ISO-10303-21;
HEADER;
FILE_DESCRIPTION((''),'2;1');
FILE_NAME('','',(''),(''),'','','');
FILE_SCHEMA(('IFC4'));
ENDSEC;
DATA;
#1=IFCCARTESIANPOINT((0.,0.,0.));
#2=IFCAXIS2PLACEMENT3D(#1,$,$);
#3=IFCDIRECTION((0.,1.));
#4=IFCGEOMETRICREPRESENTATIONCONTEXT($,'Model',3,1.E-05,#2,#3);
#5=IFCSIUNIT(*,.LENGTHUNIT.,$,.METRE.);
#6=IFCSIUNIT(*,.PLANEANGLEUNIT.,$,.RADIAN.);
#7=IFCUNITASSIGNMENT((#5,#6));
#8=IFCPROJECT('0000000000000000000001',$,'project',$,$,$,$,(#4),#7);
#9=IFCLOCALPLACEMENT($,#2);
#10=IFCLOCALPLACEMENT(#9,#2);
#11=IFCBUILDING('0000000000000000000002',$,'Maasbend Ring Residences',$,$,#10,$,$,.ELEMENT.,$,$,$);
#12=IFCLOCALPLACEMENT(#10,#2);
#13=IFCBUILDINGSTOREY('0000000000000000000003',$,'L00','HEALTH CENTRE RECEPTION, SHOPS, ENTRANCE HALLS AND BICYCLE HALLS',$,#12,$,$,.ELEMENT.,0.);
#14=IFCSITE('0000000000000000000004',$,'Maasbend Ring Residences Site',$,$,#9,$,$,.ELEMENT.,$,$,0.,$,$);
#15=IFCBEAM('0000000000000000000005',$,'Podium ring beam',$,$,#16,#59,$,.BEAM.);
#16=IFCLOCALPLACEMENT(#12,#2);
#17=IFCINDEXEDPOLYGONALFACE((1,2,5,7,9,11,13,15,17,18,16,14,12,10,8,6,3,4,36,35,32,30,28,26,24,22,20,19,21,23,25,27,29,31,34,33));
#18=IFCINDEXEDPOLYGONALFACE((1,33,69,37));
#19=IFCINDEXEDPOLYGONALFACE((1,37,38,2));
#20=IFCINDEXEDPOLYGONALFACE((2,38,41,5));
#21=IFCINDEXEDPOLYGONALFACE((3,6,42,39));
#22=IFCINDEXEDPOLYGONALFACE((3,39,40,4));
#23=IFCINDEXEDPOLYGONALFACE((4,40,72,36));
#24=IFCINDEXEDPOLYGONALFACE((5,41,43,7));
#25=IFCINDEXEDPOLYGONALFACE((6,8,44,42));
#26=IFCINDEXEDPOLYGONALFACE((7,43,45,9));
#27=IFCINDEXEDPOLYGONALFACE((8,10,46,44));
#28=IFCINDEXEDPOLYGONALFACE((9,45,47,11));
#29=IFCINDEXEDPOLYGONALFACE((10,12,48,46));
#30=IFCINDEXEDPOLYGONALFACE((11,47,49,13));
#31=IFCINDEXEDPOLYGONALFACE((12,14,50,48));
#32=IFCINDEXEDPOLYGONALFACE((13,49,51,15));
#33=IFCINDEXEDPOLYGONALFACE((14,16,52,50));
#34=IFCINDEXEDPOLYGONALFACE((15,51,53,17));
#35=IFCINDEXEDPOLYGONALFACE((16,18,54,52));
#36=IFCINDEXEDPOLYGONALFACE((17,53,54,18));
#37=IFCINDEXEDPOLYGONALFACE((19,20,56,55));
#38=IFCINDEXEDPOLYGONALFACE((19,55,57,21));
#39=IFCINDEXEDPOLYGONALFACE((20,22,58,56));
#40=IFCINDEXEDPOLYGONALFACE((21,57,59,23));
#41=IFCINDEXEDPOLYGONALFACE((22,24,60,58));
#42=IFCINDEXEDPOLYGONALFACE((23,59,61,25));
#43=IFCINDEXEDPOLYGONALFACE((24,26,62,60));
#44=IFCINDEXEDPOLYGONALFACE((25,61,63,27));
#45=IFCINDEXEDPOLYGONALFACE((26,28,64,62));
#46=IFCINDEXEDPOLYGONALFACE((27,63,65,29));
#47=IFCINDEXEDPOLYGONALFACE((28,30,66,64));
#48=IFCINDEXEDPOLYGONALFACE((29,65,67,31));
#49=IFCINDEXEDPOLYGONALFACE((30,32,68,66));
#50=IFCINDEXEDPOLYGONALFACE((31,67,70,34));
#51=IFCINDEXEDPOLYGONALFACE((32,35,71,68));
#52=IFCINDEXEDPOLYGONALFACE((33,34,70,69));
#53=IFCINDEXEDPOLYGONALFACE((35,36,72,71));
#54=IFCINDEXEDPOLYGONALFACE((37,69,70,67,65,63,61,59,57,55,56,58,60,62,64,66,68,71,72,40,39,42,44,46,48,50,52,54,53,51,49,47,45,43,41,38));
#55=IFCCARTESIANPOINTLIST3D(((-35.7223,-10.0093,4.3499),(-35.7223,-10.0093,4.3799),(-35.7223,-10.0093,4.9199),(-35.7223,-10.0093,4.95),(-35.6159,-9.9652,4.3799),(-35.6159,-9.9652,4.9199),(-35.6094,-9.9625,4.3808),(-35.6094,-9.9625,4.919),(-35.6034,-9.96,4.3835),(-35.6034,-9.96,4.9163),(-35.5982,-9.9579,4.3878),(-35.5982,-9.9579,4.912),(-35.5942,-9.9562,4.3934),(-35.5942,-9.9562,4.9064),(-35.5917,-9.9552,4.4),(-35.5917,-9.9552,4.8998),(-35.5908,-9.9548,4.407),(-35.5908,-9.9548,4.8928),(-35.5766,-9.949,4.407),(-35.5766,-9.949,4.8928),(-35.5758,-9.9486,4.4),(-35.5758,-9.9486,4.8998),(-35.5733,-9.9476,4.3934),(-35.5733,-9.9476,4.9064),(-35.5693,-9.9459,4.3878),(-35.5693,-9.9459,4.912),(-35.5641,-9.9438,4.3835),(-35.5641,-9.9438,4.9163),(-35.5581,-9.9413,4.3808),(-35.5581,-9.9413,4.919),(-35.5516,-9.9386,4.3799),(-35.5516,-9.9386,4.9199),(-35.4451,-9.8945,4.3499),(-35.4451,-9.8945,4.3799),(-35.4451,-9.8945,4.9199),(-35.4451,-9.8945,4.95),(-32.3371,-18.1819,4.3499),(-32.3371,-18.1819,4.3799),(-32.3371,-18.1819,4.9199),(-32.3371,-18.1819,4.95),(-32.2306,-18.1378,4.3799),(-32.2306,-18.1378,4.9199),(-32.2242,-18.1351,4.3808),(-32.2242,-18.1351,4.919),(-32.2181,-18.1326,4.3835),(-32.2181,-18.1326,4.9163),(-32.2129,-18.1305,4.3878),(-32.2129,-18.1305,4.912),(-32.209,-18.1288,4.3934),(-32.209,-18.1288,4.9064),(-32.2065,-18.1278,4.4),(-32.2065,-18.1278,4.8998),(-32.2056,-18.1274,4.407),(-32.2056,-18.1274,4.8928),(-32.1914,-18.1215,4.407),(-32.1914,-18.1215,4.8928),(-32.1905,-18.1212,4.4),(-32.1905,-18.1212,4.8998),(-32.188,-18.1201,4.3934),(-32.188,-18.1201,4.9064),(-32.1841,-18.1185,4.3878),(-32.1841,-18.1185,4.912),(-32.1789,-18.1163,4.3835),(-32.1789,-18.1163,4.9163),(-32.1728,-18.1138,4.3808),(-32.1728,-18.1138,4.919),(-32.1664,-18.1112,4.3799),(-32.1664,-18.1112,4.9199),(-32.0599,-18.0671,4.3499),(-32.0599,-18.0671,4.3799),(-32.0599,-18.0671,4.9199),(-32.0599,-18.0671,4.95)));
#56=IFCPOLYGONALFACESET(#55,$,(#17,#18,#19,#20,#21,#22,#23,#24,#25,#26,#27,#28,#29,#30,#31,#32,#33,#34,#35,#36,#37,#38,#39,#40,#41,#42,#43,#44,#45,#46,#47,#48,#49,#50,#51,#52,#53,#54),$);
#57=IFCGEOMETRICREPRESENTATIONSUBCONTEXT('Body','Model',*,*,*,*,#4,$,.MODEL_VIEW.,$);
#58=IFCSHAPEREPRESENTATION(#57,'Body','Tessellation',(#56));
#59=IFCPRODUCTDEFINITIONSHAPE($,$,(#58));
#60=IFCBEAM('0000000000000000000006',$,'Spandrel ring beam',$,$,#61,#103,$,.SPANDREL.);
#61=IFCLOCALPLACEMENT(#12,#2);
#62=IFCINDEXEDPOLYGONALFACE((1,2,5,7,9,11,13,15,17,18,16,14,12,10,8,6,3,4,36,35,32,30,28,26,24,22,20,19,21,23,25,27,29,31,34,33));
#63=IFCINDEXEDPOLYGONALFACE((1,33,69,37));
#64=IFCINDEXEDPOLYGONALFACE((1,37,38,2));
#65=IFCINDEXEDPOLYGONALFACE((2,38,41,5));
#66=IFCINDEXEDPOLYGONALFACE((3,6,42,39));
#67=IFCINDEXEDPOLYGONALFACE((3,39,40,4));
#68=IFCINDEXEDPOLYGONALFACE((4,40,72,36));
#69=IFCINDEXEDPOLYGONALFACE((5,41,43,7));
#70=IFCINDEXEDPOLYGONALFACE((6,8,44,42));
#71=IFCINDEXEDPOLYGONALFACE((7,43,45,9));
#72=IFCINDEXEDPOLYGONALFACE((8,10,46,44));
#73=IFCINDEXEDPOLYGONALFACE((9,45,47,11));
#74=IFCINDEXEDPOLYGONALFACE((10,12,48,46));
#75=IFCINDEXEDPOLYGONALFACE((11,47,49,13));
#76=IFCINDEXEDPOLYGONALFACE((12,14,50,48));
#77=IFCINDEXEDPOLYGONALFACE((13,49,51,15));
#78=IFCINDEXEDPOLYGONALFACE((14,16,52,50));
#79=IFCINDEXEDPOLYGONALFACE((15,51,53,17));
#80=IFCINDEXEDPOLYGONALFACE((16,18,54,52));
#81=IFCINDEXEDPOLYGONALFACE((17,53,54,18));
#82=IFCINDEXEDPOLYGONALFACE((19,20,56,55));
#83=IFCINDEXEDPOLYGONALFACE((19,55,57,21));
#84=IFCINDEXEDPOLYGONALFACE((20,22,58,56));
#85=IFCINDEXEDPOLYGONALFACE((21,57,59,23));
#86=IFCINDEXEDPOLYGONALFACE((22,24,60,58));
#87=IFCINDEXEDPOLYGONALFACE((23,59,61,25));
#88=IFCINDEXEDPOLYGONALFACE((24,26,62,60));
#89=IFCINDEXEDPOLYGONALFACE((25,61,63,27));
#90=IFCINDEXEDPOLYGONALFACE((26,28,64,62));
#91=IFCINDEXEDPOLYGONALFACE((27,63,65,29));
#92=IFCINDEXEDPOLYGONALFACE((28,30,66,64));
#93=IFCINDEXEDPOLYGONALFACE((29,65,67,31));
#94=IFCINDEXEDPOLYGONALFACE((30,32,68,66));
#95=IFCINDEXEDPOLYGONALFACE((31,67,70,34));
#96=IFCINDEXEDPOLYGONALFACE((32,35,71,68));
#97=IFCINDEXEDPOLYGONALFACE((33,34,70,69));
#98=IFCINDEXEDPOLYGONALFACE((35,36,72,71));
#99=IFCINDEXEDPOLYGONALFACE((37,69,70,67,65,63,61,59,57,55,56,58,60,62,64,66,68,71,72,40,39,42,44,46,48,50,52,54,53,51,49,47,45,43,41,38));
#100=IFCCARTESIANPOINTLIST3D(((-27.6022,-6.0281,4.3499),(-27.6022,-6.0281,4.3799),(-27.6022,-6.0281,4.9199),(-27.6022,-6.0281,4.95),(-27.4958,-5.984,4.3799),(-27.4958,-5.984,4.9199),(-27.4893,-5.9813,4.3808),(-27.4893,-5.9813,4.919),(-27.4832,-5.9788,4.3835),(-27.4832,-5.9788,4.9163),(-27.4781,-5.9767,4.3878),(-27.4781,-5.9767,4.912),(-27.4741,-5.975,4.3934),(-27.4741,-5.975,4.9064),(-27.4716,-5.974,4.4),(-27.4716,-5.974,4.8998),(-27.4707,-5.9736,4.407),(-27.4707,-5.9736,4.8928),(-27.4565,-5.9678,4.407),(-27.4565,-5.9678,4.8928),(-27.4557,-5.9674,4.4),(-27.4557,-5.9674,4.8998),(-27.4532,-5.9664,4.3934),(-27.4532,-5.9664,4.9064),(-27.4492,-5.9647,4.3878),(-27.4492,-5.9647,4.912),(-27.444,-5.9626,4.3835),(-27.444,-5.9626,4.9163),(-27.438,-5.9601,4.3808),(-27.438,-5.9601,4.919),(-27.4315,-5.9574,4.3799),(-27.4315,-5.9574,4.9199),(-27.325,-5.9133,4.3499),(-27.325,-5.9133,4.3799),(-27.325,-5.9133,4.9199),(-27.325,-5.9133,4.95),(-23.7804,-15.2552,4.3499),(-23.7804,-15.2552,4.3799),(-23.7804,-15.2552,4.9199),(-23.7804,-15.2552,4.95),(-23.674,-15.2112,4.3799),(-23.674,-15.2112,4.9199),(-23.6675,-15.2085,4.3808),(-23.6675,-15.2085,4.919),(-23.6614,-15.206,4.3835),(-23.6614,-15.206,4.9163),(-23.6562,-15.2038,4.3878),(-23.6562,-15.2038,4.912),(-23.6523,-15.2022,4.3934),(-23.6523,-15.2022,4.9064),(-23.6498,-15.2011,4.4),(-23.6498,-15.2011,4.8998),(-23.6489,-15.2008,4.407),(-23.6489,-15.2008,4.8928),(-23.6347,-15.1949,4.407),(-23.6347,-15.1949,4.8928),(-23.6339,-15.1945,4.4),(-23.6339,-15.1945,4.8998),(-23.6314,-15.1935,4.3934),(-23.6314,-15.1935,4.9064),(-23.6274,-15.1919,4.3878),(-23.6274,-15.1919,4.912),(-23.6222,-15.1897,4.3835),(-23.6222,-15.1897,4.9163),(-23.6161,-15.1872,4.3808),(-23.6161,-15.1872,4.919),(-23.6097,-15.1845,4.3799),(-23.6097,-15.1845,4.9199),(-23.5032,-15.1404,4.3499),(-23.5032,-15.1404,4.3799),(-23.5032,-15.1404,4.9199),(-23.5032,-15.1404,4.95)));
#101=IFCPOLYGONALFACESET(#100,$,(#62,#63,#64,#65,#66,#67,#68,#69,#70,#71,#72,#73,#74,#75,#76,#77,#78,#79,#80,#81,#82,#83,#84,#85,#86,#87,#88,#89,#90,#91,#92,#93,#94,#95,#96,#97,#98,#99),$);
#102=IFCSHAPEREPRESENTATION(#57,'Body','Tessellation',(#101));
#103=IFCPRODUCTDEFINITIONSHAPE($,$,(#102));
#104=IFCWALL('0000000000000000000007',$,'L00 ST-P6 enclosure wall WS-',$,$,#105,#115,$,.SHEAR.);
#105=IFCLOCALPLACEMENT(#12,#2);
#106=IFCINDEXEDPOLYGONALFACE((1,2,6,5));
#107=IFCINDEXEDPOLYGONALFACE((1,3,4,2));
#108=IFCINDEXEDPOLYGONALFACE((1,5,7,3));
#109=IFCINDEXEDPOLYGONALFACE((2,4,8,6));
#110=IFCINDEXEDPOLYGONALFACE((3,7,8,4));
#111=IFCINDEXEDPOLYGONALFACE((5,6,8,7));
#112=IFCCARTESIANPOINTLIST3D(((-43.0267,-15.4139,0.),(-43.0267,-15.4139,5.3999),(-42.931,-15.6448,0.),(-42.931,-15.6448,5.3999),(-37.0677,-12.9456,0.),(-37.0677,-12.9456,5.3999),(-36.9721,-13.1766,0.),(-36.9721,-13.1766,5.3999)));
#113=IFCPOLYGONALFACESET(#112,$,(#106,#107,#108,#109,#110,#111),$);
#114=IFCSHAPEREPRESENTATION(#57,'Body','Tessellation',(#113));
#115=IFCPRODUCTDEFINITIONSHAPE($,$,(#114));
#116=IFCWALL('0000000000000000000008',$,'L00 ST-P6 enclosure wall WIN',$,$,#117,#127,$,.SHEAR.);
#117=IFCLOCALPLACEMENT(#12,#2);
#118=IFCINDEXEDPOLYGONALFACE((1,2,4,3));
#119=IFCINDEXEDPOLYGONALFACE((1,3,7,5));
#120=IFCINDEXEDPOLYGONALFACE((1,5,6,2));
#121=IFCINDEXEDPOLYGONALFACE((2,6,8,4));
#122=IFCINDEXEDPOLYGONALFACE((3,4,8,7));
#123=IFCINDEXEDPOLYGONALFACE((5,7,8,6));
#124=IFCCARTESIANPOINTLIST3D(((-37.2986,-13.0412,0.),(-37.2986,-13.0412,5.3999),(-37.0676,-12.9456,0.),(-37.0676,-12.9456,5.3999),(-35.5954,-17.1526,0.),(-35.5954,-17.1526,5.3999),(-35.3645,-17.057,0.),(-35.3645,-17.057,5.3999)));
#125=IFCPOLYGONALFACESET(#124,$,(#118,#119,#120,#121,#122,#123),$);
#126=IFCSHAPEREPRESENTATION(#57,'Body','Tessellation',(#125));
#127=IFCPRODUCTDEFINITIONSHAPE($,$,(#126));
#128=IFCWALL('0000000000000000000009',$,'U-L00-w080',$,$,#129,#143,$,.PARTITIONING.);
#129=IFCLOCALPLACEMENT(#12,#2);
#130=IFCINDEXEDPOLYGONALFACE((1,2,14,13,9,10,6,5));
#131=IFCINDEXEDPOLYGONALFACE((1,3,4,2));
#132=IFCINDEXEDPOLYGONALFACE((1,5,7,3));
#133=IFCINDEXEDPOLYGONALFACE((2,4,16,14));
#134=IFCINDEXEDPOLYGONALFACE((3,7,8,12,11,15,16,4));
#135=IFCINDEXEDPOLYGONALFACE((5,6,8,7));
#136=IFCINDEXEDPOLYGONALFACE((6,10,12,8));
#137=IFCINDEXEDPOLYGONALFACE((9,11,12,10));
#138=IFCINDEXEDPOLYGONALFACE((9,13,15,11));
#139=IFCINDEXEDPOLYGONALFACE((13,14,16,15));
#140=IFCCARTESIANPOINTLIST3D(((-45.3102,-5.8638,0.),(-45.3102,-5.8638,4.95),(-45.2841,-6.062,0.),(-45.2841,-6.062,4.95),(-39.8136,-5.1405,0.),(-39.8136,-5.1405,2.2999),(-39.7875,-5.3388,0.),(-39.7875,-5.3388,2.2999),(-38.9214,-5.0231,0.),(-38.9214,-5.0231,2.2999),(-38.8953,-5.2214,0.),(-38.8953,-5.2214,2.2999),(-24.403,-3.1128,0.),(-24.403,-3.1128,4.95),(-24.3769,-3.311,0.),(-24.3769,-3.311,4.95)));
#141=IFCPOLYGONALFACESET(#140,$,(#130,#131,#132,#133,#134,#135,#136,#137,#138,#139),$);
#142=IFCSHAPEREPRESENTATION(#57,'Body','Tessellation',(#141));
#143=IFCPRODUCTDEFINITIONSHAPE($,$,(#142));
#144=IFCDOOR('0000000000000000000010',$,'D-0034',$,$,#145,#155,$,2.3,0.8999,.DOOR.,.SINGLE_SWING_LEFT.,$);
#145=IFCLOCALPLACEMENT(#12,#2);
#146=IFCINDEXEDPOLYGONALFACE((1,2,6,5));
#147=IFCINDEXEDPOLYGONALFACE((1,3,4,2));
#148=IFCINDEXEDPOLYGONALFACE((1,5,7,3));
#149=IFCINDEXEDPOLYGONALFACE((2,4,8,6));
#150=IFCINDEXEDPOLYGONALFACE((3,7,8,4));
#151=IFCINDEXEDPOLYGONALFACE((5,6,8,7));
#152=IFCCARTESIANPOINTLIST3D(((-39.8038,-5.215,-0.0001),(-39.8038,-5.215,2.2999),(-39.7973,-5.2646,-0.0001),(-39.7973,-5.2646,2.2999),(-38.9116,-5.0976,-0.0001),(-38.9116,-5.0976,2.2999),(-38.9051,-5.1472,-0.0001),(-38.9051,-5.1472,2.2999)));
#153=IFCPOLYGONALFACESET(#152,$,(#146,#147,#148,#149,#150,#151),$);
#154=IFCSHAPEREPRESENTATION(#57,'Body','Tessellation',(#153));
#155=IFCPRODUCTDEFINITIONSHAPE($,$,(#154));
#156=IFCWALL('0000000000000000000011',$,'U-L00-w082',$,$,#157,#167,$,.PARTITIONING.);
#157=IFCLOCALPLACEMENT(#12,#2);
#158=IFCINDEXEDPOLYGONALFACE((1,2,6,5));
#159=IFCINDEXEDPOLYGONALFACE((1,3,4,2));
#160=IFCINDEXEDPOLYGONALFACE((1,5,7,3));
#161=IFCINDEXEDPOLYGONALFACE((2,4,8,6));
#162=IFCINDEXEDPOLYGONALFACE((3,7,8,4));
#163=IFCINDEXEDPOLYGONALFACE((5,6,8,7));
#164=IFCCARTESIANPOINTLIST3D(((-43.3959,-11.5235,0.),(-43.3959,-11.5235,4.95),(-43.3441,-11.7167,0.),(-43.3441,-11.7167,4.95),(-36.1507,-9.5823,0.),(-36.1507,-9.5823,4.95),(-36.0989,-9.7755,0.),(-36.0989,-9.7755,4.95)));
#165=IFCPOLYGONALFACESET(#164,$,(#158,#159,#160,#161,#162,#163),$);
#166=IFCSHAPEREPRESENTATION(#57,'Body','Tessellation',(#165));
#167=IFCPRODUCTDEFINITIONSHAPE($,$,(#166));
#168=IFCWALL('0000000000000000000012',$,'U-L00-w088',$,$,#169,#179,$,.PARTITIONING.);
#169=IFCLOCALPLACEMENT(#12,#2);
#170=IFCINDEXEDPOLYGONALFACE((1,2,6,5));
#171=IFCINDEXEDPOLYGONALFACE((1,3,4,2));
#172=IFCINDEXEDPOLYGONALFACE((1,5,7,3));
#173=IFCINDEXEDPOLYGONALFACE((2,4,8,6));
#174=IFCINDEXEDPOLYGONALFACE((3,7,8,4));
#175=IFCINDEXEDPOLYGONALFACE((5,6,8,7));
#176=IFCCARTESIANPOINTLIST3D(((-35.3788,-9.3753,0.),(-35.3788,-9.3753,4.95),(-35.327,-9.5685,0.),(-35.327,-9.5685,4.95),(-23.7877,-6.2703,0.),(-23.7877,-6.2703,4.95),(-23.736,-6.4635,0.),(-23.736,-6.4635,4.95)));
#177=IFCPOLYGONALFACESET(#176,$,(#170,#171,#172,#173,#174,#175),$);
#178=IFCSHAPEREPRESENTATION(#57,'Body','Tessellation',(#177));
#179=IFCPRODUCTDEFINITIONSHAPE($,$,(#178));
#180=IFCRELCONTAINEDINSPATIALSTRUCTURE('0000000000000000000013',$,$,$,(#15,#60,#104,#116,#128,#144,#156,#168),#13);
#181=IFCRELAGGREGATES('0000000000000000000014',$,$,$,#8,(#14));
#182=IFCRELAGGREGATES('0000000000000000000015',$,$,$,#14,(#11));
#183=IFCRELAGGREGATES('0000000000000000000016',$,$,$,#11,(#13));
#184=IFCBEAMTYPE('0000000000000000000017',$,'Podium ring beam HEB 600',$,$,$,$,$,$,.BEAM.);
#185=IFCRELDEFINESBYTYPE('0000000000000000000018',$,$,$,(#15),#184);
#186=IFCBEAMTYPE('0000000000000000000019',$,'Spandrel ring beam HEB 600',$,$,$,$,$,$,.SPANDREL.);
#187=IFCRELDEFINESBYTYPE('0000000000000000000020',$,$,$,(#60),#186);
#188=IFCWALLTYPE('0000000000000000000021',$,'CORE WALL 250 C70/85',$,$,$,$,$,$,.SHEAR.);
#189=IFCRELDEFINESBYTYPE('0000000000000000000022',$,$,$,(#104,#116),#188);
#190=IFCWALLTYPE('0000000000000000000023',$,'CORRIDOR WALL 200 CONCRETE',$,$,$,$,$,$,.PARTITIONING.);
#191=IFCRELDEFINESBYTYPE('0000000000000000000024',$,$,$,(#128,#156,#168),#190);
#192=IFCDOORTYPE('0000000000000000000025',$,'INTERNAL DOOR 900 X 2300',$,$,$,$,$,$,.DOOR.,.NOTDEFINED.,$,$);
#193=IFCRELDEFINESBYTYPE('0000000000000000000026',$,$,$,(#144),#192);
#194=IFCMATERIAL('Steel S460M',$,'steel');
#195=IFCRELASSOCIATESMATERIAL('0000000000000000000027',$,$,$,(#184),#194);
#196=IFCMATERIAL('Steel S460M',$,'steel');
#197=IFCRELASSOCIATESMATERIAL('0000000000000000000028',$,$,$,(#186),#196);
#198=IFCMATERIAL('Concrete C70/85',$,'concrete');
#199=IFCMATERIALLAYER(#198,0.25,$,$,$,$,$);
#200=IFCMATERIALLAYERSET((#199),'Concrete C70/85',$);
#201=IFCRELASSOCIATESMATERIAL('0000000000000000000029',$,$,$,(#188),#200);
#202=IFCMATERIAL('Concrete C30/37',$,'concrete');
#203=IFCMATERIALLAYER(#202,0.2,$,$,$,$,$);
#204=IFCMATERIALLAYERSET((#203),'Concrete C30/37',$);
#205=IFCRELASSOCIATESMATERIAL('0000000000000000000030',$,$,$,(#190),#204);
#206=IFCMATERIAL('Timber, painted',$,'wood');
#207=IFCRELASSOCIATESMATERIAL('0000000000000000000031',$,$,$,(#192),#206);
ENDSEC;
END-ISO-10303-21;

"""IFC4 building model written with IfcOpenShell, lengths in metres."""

from ifc_helpers import new_model, si_unit, direction, frame, frame_2d, origin, origin_2d, place, context, subcontext, project, spatial, rectangle, i_section, extrude, material, layer, layer_set, material_profile, profile_set, type_object, element, fill, save


model = new_model("IFC4")

# Units and contexts
model_context = context("Model", 3, precision=1e-05, world=origin(), true_north=direction((0.0, 1.0)))
body_context = subcontext(model_context, "Body", "Model", "MODEL_VIEW")
ifc_project = project(units=[si_unit("LENGTHUNIT", "METRE"), si_unit("PLANEANGLEUNIT", "RADIAN")], contexts=[model_context])

# Site, building, storey
site_placement = place(None, origin())
site = spatial("IfcSite", under=ifc_project, at=site_placement, Name="Maasbend Ring Residences Site", CompositionType="ELEMENT", RefElevation=0.0)
building_placement = place(site_placement, origin())
building = spatial("IfcBuilding", under=site, at=building_placement, Name="Maasbend Ring Residences", CompositionType="ELEMENT")
storey_placement = place(building_placement, origin())
storey = spatial("IfcBuildingStorey", under=building, at=storey_placement, Name="L00", Description="HEALTH CENTRE RECEPTION, SHOPS, ENTRANCE HALLS AND BICYCLE HALLS", CompositionType="ELEMENT", Elevation=0.0)

# Beams
ifc_material_1 = material(Name="Steel S460M", Category="steel")
ifc_material_profile_1 = material_profile(ifc_material_1, i_section(OverallWidth=0.3, OverallDepth=0.6001, WebThickness=0.0154, FlangeThickness=0.03, FilletRadius=0.0271, at=origin_2d()), Name="HEB 600")
ifc_profile_set_1 = profile_set([ifc_material_profile_1], Name="Steel S460M")
beam_type_1 = type_object("IfcBeamType", Name="Podium ring beam HEB 600", PredefinedType="BEAM", material=ifc_profile_set_1)
for number, where, z_axis, x_axis, name in (
    (1, (-35.5837, -9.9519, 4.6499), (0.382688, -0.923878, 0.0), (0.923878, 0.382688, 0.0), "Podium ring beam"),
):
    element("IfcBeam", number, at=place(storey_placement, frame(where, z_axis=z_axis, x_axis=x_axis)), inside=storey, type_object=beam_type_1, Name=name, PredefinedType="BEAM", context=body_context, shape_type="SweptSolid", body=[
        extrude(i_section(OverallWidth=0.3, OverallDepth=0.6001, WebThickness=0.0154, FlangeThickness=0.03, FilletRadius=0.0271, at=origin_2d()), origin(), (0.0, 0.0, 1.0), 8.8459),
    ])
ifc_material_2 = material(Name="Steel S460M", Category="steel")
ifc_material_profile_2 = material_profile(ifc_material_2, i_section(OverallWidth=0.3, OverallDepth=0.6001, WebThickness=0.0154, FlangeThickness=0.03, FilletRadius=0.0271, at=origin_2d()), Name="HEB 600")
ifc_profile_set_2 = profile_set([ifc_material_profile_2], Name="Steel S460M")
beam_type_2 = type_object("IfcBeamType", Name="Spandrel ring beam HEB 600", PredefinedType="SPANDREL", material=ifc_profile_set_2)
beam_1_placement = place(storey_placement, frame((-27.4636, -5.9707, 4.6499), z_axis=(0.382667, -0.923886, 0.0), x_axis=(0.923886, 0.382667, 0.0)))
element("IfcBeam", 2, at=beam_1_placement, inside=storey, type_object=beam_type_2, Name="Spandrel ring beam", PredefinedType="SPANDREL", context=body_context, shape_type="SweptSolid", body=[
    extrude(i_section(OverallWidth=0.3, OverallDepth=0.6001, WebThickness=0.0154, FlangeThickness=0.03, FilletRadius=0.0271, at=origin_2d()), origin(), (0.0, 0.0, 1.0), 9.9873),
])

# Walls
ifc_material_3 = material(Name="Concrete C70/85", Category="concrete")
ifc_layer_1 = layer(ifc_material_3, 0.25)
ifc_layer_set_1 = layer_set([ifc_layer_1], Name="Concrete C70/85")
wall_type_1 = type_object("IfcWallType", Name="CORE WALL 250 C70/85", PredefinedType="SHEAR", material=ifc_layer_set_1)
wall_1_placement = place(storey_placement, frame((-37.0198, -13.061, 0.0), z_axis=(0.0, 0.0, 1.0), x_axis=(-0.923881, -0.382679, 0.0)))
element("IfcWall", 3, at=wall_1_placement, inside=storey, type_object=wall_type_1, Name="L00 ST-P6 enclosure wall WS-", PredefinedType="SHEAR", context=body_context, shape_type="SweptSolid", body=[
    extrude(rectangle(XDim=6.45, YDim=0.25, at=frame_2d((3.2251, 0.0))), origin(), (0.0, 0.0, 1.0), 5.3999),
])
wall_2_placement = place(storey_placement, frame((-37.1831, -12.9934, 0.0), z_axis=(0.0, 0.0, 1.0), x_axis=(0.382714, -0.923867, 0.0)))
element("IfcWall", 4, at=wall_2_placement, inside=storey, type_object=wall_type_1, Name="L00 ST-P6 enclosure wall WIN", PredefinedType="SHEAR", context=body_context, shape_type="SweptSolid", body=[
    extrude(rectangle(XDim=4.4502, YDim=0.25, at=frame_2d((2.2251, 0.0))), origin(), (0.0, 0.0, 1.0), 5.3999),
])

# Wall, opening, door
ifc_material_4 = material(Name="Concrete C30/37", Category="concrete")
ifc_layer_2 = layer(ifc_material_4, 0.2)
ifc_layer_set_2 = layer_set([ifc_layer_2], Name="Concrete C30/37")
wall_type_2 = type_object("IfcWallType", Name="CORRIDOR WALL 200 CONCRETE", PredefinedType="PARTITIONING", material=ifc_layer_set_2)
wall_3_placement = place(storey_placement, frame((-45.2971, -5.9629, 0.0), z_axis=(0.0, 0.0, 1.0), x_axis=(0.991454, 0.130456, 0.0)))
wall_3 = element("IfcWall", 5, at=wall_3_placement, inside=storey, type_object=wall_type_2, Name="U-L00-w080", PredefinedType="PARTITIONING", context=body_context, shape_type="SweptSolid", body=[
    extrude(rectangle(XDim=21.0874, YDim=0.2, at=frame_2d((10.5437, 0.0))), origin(), (0.0, 0.0, 1.0), 4.95),
])
opening_1_placement = place(wall_3_placement, frame((5.5439, 0.0, 0.0)))
opening_1 = element("IfcOpeningElement", 6, at=opening_1_placement, cuts=wall_3, PredefinedType="OPENING", context=body_context, shape_type="SweptSolid", body=[
    extrude(rectangle(XDim=0.8999, YDim=2.3, at=frame_2d((0.45, 1.1499))), frame((0.0, 0.1099, 0.0), z_axis=(0.0, -1.0, 0.0), x_axis=(1.0, 0.0, 0.0)), (0.0, 0.0, 1.0), 0.22),
])
ifc_material_5 = material(Name="Timber, painted", Category="wood")
door_type = type_object("IfcDoorType", Name="INTERNAL DOOR 900 X 2300", OperationType="NOTDEFINED", PredefinedType="DOOR", material=ifc_material_5)
door_placement = place(opening_1_placement, origin())
door = element("IfcDoor", 7, at=door_placement, inside=storey, type_object=door_type, Name="D-0034", OperationType="SINGLE_SWING_LEFT", OverallHeight=2.3, OverallWidth=0.8999, PredefinedType="DOOR", context=body_context, shape_type="SweptSolid", body=[
    extrude(rectangle(XDim=0.8999, YDim=2.3, at=frame_2d((0.45, 1.1499))), frame((0.0, 0.0249, 0.0), z_axis=(0.0, -1.0, 0.0), x_axis=(1.0, 0.0, 0.0)), (0.0, 0.0, 1.0), 0.05),
])
fill(opening_1, door)

# Walls
wall_4_placement = place(storey_placement, frame((-43.3701, -11.6201, 0.0), z_axis=(0.0, 0.0, 1.0), x_axis=(0.965931, 0.258799, 0.0)))
element("IfcWall", 8, at=wall_4_placement, inside=storey, type_object=wall_type_2, Name="U-L00-w082", PredefinedType="PARTITIONING", context=body_context, shape_type="SweptSolid", body=[
    extrude(rectangle(XDim=7.5007, YDim=0.2, at=frame_2d((3.7505, 0.0))), origin(), (0.0, 0.0, 1.0), 4.95),
])
wall_5_placement = place(storey_placement, frame((-35.353, -9.4719, 0.0), z_axis=(0.0, 0.0, 1.0), x_axis=(0.965943, 0.258754, 0.0)))
element("IfcWall", 9, at=wall_5_placement, inside=storey, type_object=wall_type_2, Name="U-L00-w088", PredefinedType="PARTITIONING", context=body_context, shape_type="SweptSolid", body=[
    extrude(rectangle(XDim=11.9998, YDim=0.2, at=frame_2d((6.0, 0.0))), origin(), (0.0, 0.0, 1.0), 4.95),
])

save(model, "model.ifc")
